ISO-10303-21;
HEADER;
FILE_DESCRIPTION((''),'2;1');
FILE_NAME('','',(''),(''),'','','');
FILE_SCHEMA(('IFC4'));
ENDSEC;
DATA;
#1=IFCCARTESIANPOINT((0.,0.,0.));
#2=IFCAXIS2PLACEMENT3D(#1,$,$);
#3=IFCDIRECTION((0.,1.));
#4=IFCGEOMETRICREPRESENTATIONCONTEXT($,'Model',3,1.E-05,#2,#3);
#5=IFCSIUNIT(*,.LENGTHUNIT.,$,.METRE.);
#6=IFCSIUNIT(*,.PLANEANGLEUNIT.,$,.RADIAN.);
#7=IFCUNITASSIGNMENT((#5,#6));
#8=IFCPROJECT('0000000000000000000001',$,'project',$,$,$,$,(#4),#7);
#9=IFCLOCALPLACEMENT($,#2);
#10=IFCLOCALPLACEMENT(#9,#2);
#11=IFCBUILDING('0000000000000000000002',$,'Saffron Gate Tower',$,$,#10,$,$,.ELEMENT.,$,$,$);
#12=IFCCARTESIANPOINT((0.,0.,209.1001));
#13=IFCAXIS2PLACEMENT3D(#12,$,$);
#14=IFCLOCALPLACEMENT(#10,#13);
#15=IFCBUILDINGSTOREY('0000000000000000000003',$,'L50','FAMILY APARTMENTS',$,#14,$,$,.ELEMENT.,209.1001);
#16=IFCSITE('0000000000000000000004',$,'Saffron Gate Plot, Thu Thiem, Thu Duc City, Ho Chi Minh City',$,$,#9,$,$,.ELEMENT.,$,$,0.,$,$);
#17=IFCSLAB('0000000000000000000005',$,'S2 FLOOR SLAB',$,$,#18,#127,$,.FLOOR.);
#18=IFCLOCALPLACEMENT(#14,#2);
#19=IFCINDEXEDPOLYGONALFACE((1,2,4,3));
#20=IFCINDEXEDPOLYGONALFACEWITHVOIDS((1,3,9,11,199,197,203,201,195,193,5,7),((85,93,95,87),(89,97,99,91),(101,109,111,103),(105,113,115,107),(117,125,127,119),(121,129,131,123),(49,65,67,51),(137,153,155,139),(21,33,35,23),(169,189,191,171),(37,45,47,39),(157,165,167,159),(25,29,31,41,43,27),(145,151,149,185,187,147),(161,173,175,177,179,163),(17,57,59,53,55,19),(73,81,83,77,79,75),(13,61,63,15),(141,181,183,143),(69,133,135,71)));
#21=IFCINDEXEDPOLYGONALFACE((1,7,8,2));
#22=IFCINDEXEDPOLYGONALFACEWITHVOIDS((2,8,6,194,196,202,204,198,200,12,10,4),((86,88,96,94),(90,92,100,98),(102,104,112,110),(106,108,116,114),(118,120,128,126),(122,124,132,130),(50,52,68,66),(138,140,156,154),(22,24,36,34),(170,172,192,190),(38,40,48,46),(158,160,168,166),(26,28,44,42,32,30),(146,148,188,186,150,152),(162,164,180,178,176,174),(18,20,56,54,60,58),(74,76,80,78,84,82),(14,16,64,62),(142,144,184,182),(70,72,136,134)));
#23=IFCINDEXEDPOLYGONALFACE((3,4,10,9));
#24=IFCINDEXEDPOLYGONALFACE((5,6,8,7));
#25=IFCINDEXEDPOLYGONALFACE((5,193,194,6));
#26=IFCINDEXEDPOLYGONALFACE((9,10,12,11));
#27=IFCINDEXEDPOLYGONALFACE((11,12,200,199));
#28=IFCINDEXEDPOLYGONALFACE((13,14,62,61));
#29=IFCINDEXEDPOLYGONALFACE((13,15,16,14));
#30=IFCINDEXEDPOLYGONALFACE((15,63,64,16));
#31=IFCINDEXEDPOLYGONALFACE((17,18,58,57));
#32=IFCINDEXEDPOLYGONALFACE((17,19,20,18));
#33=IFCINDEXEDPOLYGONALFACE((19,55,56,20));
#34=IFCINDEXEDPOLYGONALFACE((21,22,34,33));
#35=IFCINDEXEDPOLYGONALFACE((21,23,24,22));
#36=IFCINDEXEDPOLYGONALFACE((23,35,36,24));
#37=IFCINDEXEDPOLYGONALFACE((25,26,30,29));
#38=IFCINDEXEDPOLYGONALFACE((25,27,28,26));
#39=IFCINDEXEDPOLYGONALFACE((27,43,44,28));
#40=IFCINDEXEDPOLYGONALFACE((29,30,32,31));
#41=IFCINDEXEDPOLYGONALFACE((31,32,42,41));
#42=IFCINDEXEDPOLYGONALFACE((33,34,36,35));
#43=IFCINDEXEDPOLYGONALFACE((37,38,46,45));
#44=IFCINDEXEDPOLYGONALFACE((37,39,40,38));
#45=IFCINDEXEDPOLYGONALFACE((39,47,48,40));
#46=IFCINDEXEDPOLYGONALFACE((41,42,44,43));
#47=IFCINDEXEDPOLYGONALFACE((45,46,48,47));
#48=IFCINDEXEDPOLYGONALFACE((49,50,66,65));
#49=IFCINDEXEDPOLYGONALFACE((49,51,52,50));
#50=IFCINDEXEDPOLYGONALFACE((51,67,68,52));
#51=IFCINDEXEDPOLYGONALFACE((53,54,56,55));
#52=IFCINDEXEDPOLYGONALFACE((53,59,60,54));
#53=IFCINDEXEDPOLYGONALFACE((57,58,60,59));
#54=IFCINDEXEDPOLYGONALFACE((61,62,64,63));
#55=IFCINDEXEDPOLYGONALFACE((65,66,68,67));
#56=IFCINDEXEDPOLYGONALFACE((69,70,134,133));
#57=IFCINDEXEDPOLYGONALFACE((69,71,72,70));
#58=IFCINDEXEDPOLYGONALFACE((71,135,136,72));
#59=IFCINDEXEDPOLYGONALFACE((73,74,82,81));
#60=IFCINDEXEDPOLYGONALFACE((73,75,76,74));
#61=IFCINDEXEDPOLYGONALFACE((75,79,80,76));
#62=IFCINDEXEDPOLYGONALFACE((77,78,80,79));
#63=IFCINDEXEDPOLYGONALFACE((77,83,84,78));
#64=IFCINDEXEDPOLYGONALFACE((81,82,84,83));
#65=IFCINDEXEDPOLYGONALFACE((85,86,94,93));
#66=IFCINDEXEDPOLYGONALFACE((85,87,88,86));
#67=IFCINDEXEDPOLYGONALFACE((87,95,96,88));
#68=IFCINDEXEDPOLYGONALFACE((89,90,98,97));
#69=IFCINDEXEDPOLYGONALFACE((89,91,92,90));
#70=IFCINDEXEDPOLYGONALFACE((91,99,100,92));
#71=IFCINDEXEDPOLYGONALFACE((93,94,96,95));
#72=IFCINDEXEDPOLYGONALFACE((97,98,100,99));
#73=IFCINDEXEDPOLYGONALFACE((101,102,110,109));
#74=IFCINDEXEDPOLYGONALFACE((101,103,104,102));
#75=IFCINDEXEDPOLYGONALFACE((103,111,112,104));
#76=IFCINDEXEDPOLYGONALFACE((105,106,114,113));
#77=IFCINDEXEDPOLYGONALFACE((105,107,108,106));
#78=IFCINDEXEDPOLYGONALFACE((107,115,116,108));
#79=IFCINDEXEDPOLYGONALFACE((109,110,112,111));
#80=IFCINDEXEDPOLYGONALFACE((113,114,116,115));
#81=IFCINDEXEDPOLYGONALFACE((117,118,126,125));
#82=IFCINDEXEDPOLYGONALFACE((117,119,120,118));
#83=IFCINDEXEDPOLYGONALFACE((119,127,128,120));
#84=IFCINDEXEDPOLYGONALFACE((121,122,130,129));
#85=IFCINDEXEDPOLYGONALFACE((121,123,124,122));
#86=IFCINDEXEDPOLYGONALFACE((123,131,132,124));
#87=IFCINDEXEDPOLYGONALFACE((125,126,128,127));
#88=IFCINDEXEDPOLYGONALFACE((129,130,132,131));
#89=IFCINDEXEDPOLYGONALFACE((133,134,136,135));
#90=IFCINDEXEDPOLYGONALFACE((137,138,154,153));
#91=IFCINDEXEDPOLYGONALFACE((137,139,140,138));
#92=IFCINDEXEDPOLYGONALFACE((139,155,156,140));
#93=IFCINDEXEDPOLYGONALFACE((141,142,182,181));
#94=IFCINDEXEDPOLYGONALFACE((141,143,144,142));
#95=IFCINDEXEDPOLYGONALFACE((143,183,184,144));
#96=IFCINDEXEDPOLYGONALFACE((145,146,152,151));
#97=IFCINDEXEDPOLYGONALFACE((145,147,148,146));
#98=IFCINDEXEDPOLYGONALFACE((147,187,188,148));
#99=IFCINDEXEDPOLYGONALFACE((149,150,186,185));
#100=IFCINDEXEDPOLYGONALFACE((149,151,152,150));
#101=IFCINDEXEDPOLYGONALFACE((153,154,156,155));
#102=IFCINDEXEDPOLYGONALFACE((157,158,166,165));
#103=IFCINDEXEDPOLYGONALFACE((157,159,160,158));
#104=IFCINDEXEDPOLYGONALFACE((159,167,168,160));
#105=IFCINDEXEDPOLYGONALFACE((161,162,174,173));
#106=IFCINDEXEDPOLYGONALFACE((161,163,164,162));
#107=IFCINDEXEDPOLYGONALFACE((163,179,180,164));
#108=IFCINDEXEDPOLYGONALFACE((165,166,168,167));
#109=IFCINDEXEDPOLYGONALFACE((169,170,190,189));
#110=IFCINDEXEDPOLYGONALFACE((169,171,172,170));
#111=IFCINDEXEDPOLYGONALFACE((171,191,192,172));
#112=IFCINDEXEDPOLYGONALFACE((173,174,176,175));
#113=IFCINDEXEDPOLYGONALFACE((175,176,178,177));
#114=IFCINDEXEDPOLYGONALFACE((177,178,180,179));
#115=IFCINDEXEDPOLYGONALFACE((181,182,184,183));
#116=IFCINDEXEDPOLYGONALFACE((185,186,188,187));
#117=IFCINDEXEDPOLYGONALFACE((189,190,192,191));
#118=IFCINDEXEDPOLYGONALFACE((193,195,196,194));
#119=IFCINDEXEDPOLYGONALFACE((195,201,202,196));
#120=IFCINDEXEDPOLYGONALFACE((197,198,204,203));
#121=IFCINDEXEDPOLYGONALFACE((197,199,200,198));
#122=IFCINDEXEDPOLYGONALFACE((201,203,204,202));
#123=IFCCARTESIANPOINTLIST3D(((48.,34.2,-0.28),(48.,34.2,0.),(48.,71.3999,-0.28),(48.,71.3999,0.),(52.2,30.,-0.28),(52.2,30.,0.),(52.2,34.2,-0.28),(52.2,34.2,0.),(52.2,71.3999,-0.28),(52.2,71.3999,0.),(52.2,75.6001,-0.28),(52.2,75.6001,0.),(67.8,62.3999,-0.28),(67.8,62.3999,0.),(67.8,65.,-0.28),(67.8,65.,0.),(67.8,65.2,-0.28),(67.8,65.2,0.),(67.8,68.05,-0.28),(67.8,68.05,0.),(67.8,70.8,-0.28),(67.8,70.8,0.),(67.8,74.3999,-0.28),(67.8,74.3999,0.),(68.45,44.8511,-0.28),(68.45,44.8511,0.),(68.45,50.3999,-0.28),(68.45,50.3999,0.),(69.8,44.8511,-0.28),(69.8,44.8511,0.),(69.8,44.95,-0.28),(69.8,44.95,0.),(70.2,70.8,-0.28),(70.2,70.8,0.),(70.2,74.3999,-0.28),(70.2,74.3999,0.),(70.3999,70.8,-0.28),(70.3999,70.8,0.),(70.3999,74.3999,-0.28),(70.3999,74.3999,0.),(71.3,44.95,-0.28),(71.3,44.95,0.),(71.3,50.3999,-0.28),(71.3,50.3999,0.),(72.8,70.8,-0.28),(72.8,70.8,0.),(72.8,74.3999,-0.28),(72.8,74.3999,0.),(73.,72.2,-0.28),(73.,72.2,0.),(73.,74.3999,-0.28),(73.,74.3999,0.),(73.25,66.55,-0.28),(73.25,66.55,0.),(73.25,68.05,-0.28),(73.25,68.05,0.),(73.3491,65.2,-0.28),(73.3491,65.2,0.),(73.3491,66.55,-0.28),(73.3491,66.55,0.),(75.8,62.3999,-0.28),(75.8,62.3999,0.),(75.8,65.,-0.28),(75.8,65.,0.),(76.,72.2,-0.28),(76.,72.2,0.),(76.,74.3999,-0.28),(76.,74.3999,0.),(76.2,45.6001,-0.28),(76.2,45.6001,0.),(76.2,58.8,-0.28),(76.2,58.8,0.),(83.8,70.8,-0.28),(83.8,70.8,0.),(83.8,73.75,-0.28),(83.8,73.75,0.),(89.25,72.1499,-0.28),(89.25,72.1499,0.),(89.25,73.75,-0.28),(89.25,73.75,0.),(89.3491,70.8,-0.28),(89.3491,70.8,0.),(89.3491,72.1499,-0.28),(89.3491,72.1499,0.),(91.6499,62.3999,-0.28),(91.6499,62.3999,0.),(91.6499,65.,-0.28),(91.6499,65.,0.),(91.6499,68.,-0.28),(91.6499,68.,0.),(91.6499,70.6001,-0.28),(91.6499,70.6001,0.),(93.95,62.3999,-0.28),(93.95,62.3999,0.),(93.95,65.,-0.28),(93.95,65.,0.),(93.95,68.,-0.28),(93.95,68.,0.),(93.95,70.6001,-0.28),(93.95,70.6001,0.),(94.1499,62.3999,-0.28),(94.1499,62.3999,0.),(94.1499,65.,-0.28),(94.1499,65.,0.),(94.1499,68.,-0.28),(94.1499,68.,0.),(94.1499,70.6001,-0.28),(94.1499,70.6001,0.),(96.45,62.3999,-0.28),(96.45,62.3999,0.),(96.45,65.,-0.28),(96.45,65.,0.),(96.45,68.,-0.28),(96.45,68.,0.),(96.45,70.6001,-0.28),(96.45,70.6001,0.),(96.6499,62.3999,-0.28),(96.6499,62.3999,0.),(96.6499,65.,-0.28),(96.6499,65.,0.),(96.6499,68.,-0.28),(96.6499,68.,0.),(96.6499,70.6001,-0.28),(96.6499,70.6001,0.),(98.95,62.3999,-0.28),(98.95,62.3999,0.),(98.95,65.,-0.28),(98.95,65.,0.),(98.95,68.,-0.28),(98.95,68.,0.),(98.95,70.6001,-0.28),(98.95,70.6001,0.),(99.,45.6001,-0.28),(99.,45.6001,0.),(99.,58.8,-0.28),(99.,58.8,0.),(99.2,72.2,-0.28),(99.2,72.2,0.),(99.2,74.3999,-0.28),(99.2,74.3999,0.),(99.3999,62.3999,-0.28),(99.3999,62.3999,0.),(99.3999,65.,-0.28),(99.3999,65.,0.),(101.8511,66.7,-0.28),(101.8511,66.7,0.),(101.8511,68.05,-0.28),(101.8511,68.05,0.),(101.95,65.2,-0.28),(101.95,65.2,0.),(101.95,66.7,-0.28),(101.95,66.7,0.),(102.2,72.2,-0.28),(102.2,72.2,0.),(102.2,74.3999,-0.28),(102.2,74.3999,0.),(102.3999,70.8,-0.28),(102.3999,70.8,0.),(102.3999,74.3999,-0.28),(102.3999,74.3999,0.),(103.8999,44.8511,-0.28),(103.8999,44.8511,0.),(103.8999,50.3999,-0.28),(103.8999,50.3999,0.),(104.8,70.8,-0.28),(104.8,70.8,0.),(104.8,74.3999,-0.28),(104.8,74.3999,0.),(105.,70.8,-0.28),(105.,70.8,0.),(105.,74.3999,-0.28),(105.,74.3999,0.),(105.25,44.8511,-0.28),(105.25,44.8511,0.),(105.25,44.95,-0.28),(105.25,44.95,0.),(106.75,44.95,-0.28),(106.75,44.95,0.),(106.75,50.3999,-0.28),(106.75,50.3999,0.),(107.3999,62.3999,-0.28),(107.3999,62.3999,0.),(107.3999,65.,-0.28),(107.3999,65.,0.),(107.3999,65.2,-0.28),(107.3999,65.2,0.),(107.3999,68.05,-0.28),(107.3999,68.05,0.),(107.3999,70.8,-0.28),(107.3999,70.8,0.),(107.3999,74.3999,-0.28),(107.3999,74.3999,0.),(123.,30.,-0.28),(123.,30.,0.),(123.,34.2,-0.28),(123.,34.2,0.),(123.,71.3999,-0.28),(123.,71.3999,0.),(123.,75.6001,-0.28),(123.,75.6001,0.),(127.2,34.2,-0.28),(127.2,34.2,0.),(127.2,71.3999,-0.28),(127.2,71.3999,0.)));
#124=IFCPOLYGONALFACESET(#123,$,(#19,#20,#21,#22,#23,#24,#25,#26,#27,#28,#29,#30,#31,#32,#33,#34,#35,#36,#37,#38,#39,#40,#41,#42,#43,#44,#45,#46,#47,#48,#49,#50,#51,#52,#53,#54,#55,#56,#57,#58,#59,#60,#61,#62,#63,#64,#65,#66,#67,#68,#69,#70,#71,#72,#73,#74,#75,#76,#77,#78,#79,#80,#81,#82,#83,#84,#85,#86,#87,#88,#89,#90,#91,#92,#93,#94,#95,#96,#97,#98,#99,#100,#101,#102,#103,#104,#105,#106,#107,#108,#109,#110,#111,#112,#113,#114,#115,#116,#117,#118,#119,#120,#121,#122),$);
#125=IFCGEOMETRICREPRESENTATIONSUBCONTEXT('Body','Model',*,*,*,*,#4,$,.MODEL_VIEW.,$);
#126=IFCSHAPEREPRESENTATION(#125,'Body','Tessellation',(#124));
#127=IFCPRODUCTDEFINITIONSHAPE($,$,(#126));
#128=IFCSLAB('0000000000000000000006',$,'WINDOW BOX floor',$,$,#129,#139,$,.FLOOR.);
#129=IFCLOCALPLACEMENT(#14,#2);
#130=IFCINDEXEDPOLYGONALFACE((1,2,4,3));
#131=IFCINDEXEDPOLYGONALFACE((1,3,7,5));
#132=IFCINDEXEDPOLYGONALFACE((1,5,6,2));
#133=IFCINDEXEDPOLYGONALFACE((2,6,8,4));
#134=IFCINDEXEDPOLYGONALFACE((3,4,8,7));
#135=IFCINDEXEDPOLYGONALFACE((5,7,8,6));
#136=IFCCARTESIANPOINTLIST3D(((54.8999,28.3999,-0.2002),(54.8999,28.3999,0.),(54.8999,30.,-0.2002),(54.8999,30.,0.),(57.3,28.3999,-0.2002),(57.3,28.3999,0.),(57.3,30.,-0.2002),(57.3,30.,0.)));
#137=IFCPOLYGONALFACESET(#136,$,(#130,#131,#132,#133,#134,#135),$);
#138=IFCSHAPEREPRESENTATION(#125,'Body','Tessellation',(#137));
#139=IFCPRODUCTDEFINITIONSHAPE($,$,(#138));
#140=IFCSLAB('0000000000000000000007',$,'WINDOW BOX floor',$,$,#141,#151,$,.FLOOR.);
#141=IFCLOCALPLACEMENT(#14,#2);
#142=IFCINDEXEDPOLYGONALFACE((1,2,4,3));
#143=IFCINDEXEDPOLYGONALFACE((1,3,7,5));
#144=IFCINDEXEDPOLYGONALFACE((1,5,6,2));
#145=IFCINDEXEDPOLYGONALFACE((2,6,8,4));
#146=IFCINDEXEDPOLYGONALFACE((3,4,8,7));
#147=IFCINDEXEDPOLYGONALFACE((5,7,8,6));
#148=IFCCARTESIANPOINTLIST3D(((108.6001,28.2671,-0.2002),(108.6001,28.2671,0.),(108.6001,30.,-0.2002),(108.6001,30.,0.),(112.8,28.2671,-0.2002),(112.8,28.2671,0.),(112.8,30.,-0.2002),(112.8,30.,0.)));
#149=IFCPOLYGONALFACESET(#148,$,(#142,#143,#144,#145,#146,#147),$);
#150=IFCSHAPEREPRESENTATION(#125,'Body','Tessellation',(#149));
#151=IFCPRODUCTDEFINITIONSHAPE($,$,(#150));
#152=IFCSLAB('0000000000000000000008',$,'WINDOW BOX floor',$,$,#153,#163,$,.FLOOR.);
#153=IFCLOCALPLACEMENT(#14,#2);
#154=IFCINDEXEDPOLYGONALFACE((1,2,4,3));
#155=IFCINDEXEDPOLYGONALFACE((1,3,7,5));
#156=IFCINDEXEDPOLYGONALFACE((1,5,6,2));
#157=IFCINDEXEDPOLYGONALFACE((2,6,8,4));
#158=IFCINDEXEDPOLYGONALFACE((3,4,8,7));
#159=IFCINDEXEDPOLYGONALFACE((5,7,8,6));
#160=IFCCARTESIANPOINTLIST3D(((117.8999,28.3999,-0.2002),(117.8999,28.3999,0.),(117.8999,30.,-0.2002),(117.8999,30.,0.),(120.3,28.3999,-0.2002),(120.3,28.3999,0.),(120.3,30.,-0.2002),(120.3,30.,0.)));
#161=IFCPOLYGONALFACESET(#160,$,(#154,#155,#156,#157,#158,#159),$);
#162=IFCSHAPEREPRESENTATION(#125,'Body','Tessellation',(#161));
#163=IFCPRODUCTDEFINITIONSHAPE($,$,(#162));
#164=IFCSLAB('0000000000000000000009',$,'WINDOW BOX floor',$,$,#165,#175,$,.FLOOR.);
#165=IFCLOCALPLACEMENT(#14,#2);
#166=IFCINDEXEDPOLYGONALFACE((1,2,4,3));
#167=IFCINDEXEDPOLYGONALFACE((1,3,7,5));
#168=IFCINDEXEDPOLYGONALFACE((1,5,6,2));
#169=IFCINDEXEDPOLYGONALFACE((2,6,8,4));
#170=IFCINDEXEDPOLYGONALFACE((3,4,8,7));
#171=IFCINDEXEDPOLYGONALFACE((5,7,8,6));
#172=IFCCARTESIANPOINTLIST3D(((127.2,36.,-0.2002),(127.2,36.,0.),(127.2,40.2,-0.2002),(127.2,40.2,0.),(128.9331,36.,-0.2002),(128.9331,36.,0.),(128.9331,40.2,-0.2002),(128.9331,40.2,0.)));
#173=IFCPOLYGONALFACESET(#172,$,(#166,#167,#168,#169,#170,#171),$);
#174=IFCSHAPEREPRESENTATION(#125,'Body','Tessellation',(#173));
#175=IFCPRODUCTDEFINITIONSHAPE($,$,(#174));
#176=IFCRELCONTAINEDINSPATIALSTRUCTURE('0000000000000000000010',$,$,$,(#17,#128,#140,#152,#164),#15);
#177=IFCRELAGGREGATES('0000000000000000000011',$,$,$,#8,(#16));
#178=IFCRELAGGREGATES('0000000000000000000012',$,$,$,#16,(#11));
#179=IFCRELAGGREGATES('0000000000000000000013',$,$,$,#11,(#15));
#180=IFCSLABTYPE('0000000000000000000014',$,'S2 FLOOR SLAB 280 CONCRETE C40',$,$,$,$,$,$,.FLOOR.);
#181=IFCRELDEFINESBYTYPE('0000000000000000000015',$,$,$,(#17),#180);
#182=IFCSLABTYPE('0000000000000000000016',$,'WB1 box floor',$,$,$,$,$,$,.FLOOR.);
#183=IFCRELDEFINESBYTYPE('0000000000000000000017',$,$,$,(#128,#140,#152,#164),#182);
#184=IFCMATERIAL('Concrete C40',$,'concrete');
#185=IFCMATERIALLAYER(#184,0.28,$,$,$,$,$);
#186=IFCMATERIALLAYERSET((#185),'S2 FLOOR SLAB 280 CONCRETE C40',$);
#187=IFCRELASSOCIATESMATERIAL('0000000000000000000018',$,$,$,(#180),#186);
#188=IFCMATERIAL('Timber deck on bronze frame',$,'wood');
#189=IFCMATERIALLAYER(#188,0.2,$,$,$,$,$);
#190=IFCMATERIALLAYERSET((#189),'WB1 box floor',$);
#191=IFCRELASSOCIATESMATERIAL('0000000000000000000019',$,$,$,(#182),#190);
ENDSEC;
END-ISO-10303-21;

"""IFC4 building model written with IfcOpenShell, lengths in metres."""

from ifc_helpers import new_model, si_unit, direction, frame, origin, place, context, subcontext, project, spatial, polyline, outline, extrude, material, layer, layer_set, type_object, element, save


model = new_model("IFC4")

# Units and contexts
model_context = context("Model", 3, precision=1e-05, world=origin(), true_north=direction((0.0, 1.0)))
body_context = subcontext(model_context, "Body", "Model", "MODEL_VIEW")
ifc_project = project(units=[si_unit("LENGTHUNIT", "METRE"), si_unit("PLANEANGLEUNIT", "RADIAN")], contexts=[model_context])

# Site, building, storey
site_placement = place(None, origin())
site = spatial("IfcSite", under=ifc_project, at=site_placement, Name="Saffron Gate Plot, Thu Thiem, Thu Duc City, Ho Chi Minh City", CompositionType="ELEMENT", RefElevation=0.0)
building_placement = place(site_placement, origin())
building = spatial("IfcBuilding", under=site, at=building_placement, Name="Saffron Gate Tower", CompositionType="ELEMENT")
storey_placement = place(building_placement, frame((0.0, 0.0, 209.1001)))
storey = spatial("IfcBuildingStorey", under=building, at=storey_placement, Name="L50", Description="FAMILY APARTMENTS", CompositionType="ELEMENT", Elevation=209.1001)

# Slabs
ifc_material_1 = material(Name="Concrete C40", Category="concrete")
ifc_layer_1 = layer(ifc_material_1, 0.28)
ifc_layer_set_1 = layer_set([ifc_layer_1], Name="S2 FLOOR SLAB 280 CONCRETE C40")
slab_type_1 = type_object("IfcSlabType", Name="S2 FLOOR SLAB 280 CONCRETE C40", PredefinedType="FLOOR", material=ifc_layer_set_1)
slab_1_placement = place(storey_placement, frame((0.0, 0.0, -0.28)))
element("IfcSlab", 1, at=slab_1_placement, inside=storey, type_object=slab_type_1, Name="S2 FLOOR SLAB", PredefinedType="FLOOR", context=body_context, shape_type="SweptSolid", body=[
    extrude(outline(polyline([(48.0, 34.2), (52.2, 34.2), (52.2, 30.0), (123.0, 30.0), (123.0, 34.2), (127.2, 34.2), (127.2, 71.3999), (123.0, 71.3999), (123.0, 75.6001), (52.2, 75.6001), (52.2, 71.3999), (48.0, 71.3999), (48.0, 34.2)]), holes=[polyline([(67.8, 62.3999), (67.8, 65.0), (75.8, 65.0), (75.8, 62.3999), (67.8, 62.3999)]), polyline([(67.8, 65.2), (67.8, 68.05), (73.25, 68.05), (73.25, 66.55), (73.3491, 66.55), (73.3491, 65.2), (67.8, 65.2)]), polyline([(67.8, 70.8), (67.8, 74.3999), (70.2, 74.3999), (70.2, 70.8), (67.8, 70.8)]), polyline([(68.45, 44.8511), (68.45, 50.3999), (71.3, 50.3999), (71.3, 44.95), (69.8, 44.95), (69.8, 44.8511), (68.45, 44.8511)]), polyline([(70.3999, 70.8), (70.3999, 74.3999), (72.8, 74.3999), (72.8, 70.8), (70.3999, 70.8)]), polyline([(73.0, 72.2), (73.0, 74.3999), (76.0, 74.3999), (76.0, 72.2), (73.0, 72.2)]), polyline([(76.2, 45.6001), (76.2, 58.8), (99.0, 58.8), (99.0, 45.6001), (76.2, 45.6001)]), polyline([(83.8, 70.8), (83.8, 73.75), (89.25, 73.75), (89.25, 72.1499), (89.3491, 72.1499), (89.3491, 70.8), (83.8, 70.8)]), polyline([(91.6499, 62.3999), (91.6499, 65.0), (93.95, 65.0), (93.95, 62.3999), (91.6499, 62.3999)]), polyline([(91.6499, 68.0), (91.6499, 70.6001), (93.95, 70.6001), (93.95, 68.0), (91.6499, 68.0)]), polyline([(94.1499, 62.3999), (94.1499, 65.0), (96.45, 65.0), (96.45, 62.3999), (94.1499, 62.3999)]), polyline([(94.1499, 68.0), (94.1499, 70.6001), (96.45, 70.6001), (96.45, 68.0), (94.1499, 68.0)]), polyline([(96.6499, 62.3999), (96.6499, 65.0), (98.95, 65.0), (98.95, 62.3999), (96.6499, 62.3999)]), polyline([(96.6499, 68.0), (96.6499, 70.6001), (98.95, 70.6001), (98.95, 68.0), (96.6499, 68.0)]), polyline([(99.2, 72.2), (99.2, 74.3999), (102.2, 74.3999), (102.2, 72.2), (99.2, 72.2)]), polyline([(99.3999, 62.3999), (99.3999, 65.0), (107.3999, 65.0), (107.3999, 62.3999), (99.3999, 62.3999)]), polyline([(101.8511, 66.7), (101.8511, 68.05), (107.3999, 68.05), (107.3999, 65.2), (101.95, 65.2), (101.95, 66.7), (101.8511, 66.7)]), polyline([(102.3999, 70.8), (102.3999, 74.3999), (104.8, 74.3999), (104.8, 70.8), (102.3999, 70.8)]), polyline([(103.8999, 44.8511), (103.8999, 50.3999), (106.75, 50.3999), (106.75, 44.95), (105.25, 44.95), (105.25, 44.8511), (103.8999, 44.8511)]), polyline([(105.0, 70.8), (105.0, 74.3999), (107.3999, 74.3999), (107.3999, 70.8), (105.0, 70.8)])]), origin(), (0.0, 0.0, 1.0), 0.28),
])
ifc_material_2 = material(Name="Timber deck on bronze frame", Category="wood")
ifc_layer_2 = layer(ifc_material_2, 0.2)
ifc_layer_set_2 = layer_set([ifc_layer_2], Name="WB1 box floor")
slab_type_2 = type_object("IfcSlabType", Name="WB1 box floor", PredefinedType="FLOOR", material=ifc_layer_set_2)
slab_2_placement = place(storey_placement, frame((0.0, 0.0, -0.2002)))
element("IfcSlab", 2, at=slab_2_placement, inside=storey, type_object=slab_type_2, Name="WINDOW BOX floor", PredefinedType="FLOOR", context=body_context, shape_type="SweptSolid", body=[
    extrude(outline(polyline([(54.8999, 30.0), (57.3, 30.0), (57.3, 28.3999), (54.8999, 28.3999), (54.8999, 30.0)])), origin(), (0.0, 0.0, 1.0), 0.2002),
])
slab_3_placement = place(storey_placement, frame((0.0, 0.0, -0.2002)))
element("IfcSlab", 3, at=slab_3_placement, inside=storey, type_object=slab_type_2, Name="WINDOW BOX floor", PredefinedType="FLOOR", context=body_context, shape_type="SweptSolid", body=[
    extrude(outline(polyline([(108.6001, 30.0), (112.8, 30.0), (112.8, 28.2671), (108.6001, 28.2671), (108.6001, 30.0)])), origin(), (0.0, 0.0, 1.0), 0.2002),
])
slab_4_placement = place(storey_placement, frame((0.0, 0.0, -0.2002)))
element("IfcSlab", 4, at=slab_4_placement, inside=storey, type_object=slab_type_2, Name="WINDOW BOX floor", PredefinedType="FLOOR", context=body_context, shape_type="SweptSolid", body=[
    extrude(outline(polyline([(117.8999, 30.0), (120.3, 30.0), (120.3, 28.3999), (117.8999, 28.3999), (117.8999, 30.0)])), origin(), (0.0, 0.0, 1.0), 0.2002),
])
slab_5_placement = place(storey_placement, frame((0.0, 0.0, -0.2002)))
element("IfcSlab", 5, at=slab_5_placement, inside=storey, type_object=slab_type_2, Name="WINDOW BOX floor", PredefinedType="FLOOR", context=body_context, shape_type="SweptSolid", body=[
    extrude(outline(polyline([(127.2, 36.0), (127.2, 40.2), (128.9331, 40.2), (128.9331, 36.0), (127.2, 36.0)])), origin(), (0.0, 0.0, 1.0), 0.2002),
])

save(model, "model.ifc")
